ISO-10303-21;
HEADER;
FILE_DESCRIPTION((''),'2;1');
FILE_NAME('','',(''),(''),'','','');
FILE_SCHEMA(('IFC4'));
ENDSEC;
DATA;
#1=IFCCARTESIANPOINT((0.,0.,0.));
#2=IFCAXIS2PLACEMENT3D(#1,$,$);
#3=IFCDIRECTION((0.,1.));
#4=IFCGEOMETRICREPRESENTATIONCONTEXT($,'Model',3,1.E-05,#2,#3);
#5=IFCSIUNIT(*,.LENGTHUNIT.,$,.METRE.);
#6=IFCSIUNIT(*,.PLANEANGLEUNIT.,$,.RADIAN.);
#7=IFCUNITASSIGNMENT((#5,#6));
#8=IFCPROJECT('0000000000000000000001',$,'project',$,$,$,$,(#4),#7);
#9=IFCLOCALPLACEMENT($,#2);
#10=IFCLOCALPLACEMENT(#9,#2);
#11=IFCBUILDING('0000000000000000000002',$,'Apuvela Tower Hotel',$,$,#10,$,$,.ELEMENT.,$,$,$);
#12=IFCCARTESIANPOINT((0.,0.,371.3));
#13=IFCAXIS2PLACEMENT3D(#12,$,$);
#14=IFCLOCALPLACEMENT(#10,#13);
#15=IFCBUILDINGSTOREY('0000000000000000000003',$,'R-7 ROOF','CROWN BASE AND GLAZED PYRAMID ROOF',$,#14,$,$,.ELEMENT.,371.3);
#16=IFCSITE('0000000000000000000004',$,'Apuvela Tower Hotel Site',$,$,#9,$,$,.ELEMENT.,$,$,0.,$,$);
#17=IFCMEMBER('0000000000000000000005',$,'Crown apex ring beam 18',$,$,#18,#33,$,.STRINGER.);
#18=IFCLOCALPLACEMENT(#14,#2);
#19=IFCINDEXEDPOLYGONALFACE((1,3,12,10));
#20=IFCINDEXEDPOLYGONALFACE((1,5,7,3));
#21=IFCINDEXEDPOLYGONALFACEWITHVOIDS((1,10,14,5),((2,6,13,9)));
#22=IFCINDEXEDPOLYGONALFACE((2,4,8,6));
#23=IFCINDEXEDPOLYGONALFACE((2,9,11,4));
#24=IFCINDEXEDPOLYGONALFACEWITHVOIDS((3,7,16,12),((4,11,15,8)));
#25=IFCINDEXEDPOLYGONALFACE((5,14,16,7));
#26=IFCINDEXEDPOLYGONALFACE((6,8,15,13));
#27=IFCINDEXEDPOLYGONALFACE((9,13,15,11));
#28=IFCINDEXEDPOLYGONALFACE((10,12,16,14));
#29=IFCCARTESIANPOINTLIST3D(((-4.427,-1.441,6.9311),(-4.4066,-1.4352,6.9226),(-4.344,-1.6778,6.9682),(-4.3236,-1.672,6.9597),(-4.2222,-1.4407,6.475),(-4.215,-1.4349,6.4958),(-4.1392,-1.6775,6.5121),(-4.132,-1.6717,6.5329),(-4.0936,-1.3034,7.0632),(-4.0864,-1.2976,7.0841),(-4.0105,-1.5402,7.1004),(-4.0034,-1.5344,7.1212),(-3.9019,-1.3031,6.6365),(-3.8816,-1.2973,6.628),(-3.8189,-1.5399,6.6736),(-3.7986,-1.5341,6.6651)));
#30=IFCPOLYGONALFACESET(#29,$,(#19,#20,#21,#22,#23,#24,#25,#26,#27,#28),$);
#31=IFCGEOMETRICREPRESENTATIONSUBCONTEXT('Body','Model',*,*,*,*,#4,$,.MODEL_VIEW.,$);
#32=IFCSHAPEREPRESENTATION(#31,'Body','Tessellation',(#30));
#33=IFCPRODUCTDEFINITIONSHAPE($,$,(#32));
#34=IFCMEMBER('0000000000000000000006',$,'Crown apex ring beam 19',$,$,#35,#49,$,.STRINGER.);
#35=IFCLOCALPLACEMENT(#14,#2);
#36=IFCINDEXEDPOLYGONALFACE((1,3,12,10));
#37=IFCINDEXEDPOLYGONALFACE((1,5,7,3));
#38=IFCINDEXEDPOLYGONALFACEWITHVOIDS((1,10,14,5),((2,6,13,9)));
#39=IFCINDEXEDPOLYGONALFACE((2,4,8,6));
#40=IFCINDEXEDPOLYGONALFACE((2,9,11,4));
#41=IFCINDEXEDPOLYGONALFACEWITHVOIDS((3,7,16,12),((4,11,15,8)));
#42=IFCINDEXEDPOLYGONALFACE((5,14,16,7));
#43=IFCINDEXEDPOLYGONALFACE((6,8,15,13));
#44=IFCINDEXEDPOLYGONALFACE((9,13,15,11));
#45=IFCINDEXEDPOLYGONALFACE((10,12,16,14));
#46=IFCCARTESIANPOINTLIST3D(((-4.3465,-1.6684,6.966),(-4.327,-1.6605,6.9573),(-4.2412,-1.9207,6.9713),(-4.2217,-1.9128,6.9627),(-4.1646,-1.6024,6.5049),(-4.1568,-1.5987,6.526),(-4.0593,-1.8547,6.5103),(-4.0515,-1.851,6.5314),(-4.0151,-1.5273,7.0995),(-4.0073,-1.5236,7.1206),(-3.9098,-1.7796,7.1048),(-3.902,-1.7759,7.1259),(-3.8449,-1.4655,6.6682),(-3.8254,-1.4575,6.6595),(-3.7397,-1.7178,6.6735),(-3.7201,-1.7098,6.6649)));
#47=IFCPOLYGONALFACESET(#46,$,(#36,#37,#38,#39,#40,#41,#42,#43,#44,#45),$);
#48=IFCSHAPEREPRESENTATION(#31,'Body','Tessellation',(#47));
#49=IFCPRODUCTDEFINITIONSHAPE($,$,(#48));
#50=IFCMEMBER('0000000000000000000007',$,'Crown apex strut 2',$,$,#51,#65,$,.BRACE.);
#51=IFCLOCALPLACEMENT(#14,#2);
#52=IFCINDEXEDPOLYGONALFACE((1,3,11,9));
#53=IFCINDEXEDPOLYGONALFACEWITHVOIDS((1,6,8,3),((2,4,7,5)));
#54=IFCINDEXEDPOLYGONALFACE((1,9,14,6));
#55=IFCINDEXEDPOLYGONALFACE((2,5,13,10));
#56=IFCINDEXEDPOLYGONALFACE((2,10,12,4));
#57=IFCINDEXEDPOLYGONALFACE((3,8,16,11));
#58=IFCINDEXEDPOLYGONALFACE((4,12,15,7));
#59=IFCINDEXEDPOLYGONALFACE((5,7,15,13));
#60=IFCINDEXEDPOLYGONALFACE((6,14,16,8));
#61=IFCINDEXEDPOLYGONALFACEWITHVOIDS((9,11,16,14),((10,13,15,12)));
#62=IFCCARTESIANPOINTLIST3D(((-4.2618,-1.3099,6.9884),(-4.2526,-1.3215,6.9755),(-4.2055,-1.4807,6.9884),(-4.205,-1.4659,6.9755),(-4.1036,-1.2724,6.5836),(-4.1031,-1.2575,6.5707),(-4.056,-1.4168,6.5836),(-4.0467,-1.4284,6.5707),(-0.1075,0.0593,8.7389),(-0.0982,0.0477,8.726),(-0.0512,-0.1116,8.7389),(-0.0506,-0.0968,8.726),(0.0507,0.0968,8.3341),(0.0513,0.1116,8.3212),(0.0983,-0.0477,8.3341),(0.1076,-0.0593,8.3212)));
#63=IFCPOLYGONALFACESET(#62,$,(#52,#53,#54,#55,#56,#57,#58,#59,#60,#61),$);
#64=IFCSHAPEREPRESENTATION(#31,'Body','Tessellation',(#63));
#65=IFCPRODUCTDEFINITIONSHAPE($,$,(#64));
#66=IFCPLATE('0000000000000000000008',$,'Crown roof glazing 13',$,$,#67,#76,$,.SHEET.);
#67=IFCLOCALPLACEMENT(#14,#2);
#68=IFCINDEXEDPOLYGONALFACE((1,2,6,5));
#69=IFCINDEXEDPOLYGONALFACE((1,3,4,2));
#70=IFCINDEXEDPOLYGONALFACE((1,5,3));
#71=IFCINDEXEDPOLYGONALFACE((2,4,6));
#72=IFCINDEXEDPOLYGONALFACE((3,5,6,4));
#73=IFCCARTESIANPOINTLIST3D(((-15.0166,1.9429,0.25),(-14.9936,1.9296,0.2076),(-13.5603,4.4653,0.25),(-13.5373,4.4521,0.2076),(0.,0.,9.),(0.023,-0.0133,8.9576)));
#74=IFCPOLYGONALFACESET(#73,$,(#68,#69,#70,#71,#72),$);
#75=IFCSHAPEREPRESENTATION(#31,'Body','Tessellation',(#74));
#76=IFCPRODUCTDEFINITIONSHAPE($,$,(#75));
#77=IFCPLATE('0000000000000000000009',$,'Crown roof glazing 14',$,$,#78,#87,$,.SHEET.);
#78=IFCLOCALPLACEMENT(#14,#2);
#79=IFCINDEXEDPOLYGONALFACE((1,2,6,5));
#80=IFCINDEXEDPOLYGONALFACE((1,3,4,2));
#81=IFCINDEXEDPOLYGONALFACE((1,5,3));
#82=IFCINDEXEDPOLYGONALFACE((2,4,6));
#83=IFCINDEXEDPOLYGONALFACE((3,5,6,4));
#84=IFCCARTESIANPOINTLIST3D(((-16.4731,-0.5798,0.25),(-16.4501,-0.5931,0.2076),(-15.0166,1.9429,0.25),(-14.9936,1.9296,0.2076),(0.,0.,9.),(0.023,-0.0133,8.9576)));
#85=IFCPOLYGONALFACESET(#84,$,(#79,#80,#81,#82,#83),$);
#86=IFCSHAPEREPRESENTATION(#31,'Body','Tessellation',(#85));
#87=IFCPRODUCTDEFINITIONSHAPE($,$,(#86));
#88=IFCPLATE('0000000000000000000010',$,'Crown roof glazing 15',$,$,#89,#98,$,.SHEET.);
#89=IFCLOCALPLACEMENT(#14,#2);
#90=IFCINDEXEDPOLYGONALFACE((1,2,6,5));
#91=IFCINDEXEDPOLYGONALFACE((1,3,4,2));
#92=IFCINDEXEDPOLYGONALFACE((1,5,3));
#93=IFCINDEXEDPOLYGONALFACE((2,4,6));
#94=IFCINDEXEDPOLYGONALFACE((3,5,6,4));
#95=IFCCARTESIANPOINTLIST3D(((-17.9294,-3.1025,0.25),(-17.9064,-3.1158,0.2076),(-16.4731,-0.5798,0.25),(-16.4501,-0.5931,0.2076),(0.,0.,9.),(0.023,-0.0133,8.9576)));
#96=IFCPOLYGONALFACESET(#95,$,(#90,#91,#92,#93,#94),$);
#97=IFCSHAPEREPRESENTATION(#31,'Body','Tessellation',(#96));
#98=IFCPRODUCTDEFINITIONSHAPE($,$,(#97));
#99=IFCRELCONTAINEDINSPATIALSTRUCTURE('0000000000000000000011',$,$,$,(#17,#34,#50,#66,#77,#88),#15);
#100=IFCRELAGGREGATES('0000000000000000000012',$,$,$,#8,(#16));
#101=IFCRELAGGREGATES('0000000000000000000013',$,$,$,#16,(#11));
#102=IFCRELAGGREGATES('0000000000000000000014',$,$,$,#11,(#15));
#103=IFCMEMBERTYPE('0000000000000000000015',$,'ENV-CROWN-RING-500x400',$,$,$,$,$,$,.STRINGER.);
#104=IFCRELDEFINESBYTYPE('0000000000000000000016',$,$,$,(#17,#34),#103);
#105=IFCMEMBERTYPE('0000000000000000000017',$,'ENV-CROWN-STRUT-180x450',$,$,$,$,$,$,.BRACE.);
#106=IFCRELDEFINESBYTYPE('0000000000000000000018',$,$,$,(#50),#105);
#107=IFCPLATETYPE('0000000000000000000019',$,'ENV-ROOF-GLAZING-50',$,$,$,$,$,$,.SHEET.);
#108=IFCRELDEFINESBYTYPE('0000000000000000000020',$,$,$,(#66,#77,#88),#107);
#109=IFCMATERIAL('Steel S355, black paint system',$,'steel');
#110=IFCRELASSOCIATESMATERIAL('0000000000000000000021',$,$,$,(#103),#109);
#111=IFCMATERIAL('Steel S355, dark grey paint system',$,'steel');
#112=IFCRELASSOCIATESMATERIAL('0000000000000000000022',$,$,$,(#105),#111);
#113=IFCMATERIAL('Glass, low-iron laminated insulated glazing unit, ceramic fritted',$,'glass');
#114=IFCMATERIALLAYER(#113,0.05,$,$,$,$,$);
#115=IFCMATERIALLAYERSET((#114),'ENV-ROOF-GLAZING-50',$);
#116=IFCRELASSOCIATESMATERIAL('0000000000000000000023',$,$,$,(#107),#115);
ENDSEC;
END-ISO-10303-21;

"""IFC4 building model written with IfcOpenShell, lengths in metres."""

from ifc_helpers import new_model, si_unit, direction, frame, origin, origin_2d, place, context, subcontext, project, spatial, polyline, hollow_rectangle, outline, extrude, material, layer, layer_set, material_profile, profile_set, type_object, element, save


model = new_model("IFC4")

# Units and contexts
model_context = context("Model", 3, precision=1e-05, world=origin(), true_north=direction((0.0, 1.0)))
body_context = subcontext(model_context, "Body", "Model", "MODEL_VIEW")
ifc_project = project(units=[si_unit("LENGTHUNIT", "METRE"), si_unit("PLANEANGLEUNIT", "RADIAN")], contexts=[model_context])

# Site, building, storey
site_placement = place(None, origin())
site = spatial("IfcSite", under=ifc_project, at=site_placement, Name="Apuvela Tower Hotel Site", CompositionType="ELEMENT", RefElevation=0.0)
building_placement = place(site_placement, origin())
building = spatial("IfcBuilding", under=site, at=building_placement, Name="Apuvela Tower Hotel", CompositionType="ELEMENT")
storey_placement = place(building_placement, frame((0.0, 0.0, 371.3)))
storey = spatial("IfcBuildingStorey", under=building, at=storey_placement, Name="R-7 ROOF", Description="CROWN BASE AND GLAZED PYRAMID ROOF", CompositionType="ELEMENT", Elevation=371.3)

# Members
ifc_material_1 = material(Name="Steel S355, dark grey paint system", Category="steel")
ifc_material_2 = material(Name="Steel S355, black paint system", Category="steel")
ifc_material_profile_1 = material_profile(ifc_material_2, hollow_rectangle(XDim=0.3999, YDim=0.5, WallThickness=0.0161, at=origin_2d()), Name="HSS 500x400x16")
ifc_profile_set_1 = profile_set([ifc_material_profile_1], Name="Steel S355, black paint system")
member_type_1 = type_object("IfcMemberType", Name="ENV-CROWN-RING-500x400", PredefinedType="STRINGER", material=ifc_profile_set_1)
member_1_placement = place(storey_placement, frame((-4.1543, -1.3691, 6.7795), z_axis=(0.327225, -0.933554, 0.146289), x_axis=(0.85155, 0.358436, 0.382605)))
element("IfcMember", 1, at=member_1_placement, inside=storey, type_object=member_type_1, Name="Crown apex ring beam 18", PredefinedType="STRINGER", context=body_context, shape_type="SweptSolid", body=[
    extrude(hollow_rectangle(XDim=0.3999, YDim=0.5, WallThickness=0.0161, at=origin_2d()), origin(), (0.0, 0.0, 1.0), 0.2537),
])
member_2_placement = place(storey_placement, frame((-4.0859, -1.563, 6.8127), z_axis=(0.384985, -0.922714, 0.019651), x_axis=(0.848199, 0.362128, 0.386553)))
element("IfcMember", 2, at=member_2_placement, inside=storey, type_object=member_type_1, Name="Crown apex ring beam 19", PredefinedType="STRINGER", context=body_context, shape_type="SweptSolid", body=[
    extrude(hollow_rectangle(XDim=0.3999, YDim=0.5, WallThickness=0.0161, at=origin_2d()), origin(), (0.0, 0.0, 1.0), 0.2734),
])
ifc_material_profile_2 = material_profile(ifc_material_1, hollow_rectangle(XDim=0.1799, YDim=0.45, WallThickness=0.0139, at=origin_2d()), Name="HSS 450x180x14")
ifc_profile_set_2 = profile_set([ifc_material_profile_2], Name="Steel S355, dark grey paint system")
member_type_2 = type_object("IfcMemberType", Name="ENV-CROWN-STRUT-180x450", PredefinedType="BRACE", material=ifc_profile_set_2)
member_3_placement = place(storey_placement, frame((-4.1543, -1.3691, 6.7795), z_axis=(0.881761, 0.290604, 0.371546), x_axis=(-0.313011, 0.94975, 0.0)))
element("IfcMember", 3, at=member_3_placement, inside=storey, type_object=member_type_2, Name="Crown apex strut 2", PredefinedType="BRACE", context=body_context, shape_type="SweptSolid", body=[
    extrude(hollow_rectangle(XDim=0.1799, YDim=0.45, WallThickness=0.0139, at=origin_2d()), origin(), (0.0, 0.0, 1.0), 4.7114),
])

# Plates
ifc_material_3 = material(Name="Glass, low-iron laminated insulated glazing unit, ceramic fritted", Category="glass")
ifc_layer = layer(ifc_material_3, 0.05)
ifc_layer_set = layer_set([ifc_layer], Name="ENV-ROOF-GLAZING-50")
plate_type = type_object("IfcPlateType", Name="ENV-ROOF-GLAZING-50", PredefinedType="SHEET", material=ifc_layer_set)
plate_1_placement = place(storey_placement, frame((-13.5603, 4.4653, 0.25), z_axis=(-0.459556, 0.265317, 0.847594), x_axis=(-0.499988, -0.866032, 0.0)))
element("IfcPlate", 4, at=plate_1_placement, inside=storey, type_object=plate_type, Name="Crown roof glazing 13", PredefinedType="SHEET", context=body_context, shape_type="SweptSolid", body=[
    extrude(outline(polyline([(0.0, 0.0), (2.9127, 0.0), (-2.9129, 16.4893), (0.0, 0.0)])), origin(), (0.0, 0.0, -1.0), 0.05),
])
plate_2_placement = place(storey_placement, frame((-15.0166, 1.9429, 0.25), z_axis=(-0.459552, 0.265333, 0.847591), x_axis=(-0.500015, -0.866017, 0.0)))
element("IfcPlate", 5, at=plate_2_placement, inside=storey, type_object=plate_type, Name="Crown roof glazing 14", PredefinedType="SHEET", context=body_context, shape_type="SweptSolid", body=[
    extrude(outline(polyline([(0.0, 0.0), (2.913, 0.0), (-5.826, 16.4892), (0.0, 0.0)])), origin(), (0.0, 0.0, -1.0), 0.05),
])
plate_3_placement = place(storey_placement, frame((-16.4731, -0.5798, 0.25), z_axis=(-0.459556, 0.265291, 0.847602), x_axis=(-0.499952, -0.866053, 0.0)))
element("IfcPlate", 6, at=plate_3_placement, inside=storey, type_object=plate_type, Name="Crown roof glazing 15", PredefinedType="SHEET", context=body_context, shape_type="SweptSolid", body=[
    extrude(outline(polyline([(0.0, 0.0), (2.9129, 0.0), (-8.738, 16.4897), (0.0, 0.0)])), origin(), (0.0, 0.0, -1.0), 0.05),
])

save(model, "model.ifc")
